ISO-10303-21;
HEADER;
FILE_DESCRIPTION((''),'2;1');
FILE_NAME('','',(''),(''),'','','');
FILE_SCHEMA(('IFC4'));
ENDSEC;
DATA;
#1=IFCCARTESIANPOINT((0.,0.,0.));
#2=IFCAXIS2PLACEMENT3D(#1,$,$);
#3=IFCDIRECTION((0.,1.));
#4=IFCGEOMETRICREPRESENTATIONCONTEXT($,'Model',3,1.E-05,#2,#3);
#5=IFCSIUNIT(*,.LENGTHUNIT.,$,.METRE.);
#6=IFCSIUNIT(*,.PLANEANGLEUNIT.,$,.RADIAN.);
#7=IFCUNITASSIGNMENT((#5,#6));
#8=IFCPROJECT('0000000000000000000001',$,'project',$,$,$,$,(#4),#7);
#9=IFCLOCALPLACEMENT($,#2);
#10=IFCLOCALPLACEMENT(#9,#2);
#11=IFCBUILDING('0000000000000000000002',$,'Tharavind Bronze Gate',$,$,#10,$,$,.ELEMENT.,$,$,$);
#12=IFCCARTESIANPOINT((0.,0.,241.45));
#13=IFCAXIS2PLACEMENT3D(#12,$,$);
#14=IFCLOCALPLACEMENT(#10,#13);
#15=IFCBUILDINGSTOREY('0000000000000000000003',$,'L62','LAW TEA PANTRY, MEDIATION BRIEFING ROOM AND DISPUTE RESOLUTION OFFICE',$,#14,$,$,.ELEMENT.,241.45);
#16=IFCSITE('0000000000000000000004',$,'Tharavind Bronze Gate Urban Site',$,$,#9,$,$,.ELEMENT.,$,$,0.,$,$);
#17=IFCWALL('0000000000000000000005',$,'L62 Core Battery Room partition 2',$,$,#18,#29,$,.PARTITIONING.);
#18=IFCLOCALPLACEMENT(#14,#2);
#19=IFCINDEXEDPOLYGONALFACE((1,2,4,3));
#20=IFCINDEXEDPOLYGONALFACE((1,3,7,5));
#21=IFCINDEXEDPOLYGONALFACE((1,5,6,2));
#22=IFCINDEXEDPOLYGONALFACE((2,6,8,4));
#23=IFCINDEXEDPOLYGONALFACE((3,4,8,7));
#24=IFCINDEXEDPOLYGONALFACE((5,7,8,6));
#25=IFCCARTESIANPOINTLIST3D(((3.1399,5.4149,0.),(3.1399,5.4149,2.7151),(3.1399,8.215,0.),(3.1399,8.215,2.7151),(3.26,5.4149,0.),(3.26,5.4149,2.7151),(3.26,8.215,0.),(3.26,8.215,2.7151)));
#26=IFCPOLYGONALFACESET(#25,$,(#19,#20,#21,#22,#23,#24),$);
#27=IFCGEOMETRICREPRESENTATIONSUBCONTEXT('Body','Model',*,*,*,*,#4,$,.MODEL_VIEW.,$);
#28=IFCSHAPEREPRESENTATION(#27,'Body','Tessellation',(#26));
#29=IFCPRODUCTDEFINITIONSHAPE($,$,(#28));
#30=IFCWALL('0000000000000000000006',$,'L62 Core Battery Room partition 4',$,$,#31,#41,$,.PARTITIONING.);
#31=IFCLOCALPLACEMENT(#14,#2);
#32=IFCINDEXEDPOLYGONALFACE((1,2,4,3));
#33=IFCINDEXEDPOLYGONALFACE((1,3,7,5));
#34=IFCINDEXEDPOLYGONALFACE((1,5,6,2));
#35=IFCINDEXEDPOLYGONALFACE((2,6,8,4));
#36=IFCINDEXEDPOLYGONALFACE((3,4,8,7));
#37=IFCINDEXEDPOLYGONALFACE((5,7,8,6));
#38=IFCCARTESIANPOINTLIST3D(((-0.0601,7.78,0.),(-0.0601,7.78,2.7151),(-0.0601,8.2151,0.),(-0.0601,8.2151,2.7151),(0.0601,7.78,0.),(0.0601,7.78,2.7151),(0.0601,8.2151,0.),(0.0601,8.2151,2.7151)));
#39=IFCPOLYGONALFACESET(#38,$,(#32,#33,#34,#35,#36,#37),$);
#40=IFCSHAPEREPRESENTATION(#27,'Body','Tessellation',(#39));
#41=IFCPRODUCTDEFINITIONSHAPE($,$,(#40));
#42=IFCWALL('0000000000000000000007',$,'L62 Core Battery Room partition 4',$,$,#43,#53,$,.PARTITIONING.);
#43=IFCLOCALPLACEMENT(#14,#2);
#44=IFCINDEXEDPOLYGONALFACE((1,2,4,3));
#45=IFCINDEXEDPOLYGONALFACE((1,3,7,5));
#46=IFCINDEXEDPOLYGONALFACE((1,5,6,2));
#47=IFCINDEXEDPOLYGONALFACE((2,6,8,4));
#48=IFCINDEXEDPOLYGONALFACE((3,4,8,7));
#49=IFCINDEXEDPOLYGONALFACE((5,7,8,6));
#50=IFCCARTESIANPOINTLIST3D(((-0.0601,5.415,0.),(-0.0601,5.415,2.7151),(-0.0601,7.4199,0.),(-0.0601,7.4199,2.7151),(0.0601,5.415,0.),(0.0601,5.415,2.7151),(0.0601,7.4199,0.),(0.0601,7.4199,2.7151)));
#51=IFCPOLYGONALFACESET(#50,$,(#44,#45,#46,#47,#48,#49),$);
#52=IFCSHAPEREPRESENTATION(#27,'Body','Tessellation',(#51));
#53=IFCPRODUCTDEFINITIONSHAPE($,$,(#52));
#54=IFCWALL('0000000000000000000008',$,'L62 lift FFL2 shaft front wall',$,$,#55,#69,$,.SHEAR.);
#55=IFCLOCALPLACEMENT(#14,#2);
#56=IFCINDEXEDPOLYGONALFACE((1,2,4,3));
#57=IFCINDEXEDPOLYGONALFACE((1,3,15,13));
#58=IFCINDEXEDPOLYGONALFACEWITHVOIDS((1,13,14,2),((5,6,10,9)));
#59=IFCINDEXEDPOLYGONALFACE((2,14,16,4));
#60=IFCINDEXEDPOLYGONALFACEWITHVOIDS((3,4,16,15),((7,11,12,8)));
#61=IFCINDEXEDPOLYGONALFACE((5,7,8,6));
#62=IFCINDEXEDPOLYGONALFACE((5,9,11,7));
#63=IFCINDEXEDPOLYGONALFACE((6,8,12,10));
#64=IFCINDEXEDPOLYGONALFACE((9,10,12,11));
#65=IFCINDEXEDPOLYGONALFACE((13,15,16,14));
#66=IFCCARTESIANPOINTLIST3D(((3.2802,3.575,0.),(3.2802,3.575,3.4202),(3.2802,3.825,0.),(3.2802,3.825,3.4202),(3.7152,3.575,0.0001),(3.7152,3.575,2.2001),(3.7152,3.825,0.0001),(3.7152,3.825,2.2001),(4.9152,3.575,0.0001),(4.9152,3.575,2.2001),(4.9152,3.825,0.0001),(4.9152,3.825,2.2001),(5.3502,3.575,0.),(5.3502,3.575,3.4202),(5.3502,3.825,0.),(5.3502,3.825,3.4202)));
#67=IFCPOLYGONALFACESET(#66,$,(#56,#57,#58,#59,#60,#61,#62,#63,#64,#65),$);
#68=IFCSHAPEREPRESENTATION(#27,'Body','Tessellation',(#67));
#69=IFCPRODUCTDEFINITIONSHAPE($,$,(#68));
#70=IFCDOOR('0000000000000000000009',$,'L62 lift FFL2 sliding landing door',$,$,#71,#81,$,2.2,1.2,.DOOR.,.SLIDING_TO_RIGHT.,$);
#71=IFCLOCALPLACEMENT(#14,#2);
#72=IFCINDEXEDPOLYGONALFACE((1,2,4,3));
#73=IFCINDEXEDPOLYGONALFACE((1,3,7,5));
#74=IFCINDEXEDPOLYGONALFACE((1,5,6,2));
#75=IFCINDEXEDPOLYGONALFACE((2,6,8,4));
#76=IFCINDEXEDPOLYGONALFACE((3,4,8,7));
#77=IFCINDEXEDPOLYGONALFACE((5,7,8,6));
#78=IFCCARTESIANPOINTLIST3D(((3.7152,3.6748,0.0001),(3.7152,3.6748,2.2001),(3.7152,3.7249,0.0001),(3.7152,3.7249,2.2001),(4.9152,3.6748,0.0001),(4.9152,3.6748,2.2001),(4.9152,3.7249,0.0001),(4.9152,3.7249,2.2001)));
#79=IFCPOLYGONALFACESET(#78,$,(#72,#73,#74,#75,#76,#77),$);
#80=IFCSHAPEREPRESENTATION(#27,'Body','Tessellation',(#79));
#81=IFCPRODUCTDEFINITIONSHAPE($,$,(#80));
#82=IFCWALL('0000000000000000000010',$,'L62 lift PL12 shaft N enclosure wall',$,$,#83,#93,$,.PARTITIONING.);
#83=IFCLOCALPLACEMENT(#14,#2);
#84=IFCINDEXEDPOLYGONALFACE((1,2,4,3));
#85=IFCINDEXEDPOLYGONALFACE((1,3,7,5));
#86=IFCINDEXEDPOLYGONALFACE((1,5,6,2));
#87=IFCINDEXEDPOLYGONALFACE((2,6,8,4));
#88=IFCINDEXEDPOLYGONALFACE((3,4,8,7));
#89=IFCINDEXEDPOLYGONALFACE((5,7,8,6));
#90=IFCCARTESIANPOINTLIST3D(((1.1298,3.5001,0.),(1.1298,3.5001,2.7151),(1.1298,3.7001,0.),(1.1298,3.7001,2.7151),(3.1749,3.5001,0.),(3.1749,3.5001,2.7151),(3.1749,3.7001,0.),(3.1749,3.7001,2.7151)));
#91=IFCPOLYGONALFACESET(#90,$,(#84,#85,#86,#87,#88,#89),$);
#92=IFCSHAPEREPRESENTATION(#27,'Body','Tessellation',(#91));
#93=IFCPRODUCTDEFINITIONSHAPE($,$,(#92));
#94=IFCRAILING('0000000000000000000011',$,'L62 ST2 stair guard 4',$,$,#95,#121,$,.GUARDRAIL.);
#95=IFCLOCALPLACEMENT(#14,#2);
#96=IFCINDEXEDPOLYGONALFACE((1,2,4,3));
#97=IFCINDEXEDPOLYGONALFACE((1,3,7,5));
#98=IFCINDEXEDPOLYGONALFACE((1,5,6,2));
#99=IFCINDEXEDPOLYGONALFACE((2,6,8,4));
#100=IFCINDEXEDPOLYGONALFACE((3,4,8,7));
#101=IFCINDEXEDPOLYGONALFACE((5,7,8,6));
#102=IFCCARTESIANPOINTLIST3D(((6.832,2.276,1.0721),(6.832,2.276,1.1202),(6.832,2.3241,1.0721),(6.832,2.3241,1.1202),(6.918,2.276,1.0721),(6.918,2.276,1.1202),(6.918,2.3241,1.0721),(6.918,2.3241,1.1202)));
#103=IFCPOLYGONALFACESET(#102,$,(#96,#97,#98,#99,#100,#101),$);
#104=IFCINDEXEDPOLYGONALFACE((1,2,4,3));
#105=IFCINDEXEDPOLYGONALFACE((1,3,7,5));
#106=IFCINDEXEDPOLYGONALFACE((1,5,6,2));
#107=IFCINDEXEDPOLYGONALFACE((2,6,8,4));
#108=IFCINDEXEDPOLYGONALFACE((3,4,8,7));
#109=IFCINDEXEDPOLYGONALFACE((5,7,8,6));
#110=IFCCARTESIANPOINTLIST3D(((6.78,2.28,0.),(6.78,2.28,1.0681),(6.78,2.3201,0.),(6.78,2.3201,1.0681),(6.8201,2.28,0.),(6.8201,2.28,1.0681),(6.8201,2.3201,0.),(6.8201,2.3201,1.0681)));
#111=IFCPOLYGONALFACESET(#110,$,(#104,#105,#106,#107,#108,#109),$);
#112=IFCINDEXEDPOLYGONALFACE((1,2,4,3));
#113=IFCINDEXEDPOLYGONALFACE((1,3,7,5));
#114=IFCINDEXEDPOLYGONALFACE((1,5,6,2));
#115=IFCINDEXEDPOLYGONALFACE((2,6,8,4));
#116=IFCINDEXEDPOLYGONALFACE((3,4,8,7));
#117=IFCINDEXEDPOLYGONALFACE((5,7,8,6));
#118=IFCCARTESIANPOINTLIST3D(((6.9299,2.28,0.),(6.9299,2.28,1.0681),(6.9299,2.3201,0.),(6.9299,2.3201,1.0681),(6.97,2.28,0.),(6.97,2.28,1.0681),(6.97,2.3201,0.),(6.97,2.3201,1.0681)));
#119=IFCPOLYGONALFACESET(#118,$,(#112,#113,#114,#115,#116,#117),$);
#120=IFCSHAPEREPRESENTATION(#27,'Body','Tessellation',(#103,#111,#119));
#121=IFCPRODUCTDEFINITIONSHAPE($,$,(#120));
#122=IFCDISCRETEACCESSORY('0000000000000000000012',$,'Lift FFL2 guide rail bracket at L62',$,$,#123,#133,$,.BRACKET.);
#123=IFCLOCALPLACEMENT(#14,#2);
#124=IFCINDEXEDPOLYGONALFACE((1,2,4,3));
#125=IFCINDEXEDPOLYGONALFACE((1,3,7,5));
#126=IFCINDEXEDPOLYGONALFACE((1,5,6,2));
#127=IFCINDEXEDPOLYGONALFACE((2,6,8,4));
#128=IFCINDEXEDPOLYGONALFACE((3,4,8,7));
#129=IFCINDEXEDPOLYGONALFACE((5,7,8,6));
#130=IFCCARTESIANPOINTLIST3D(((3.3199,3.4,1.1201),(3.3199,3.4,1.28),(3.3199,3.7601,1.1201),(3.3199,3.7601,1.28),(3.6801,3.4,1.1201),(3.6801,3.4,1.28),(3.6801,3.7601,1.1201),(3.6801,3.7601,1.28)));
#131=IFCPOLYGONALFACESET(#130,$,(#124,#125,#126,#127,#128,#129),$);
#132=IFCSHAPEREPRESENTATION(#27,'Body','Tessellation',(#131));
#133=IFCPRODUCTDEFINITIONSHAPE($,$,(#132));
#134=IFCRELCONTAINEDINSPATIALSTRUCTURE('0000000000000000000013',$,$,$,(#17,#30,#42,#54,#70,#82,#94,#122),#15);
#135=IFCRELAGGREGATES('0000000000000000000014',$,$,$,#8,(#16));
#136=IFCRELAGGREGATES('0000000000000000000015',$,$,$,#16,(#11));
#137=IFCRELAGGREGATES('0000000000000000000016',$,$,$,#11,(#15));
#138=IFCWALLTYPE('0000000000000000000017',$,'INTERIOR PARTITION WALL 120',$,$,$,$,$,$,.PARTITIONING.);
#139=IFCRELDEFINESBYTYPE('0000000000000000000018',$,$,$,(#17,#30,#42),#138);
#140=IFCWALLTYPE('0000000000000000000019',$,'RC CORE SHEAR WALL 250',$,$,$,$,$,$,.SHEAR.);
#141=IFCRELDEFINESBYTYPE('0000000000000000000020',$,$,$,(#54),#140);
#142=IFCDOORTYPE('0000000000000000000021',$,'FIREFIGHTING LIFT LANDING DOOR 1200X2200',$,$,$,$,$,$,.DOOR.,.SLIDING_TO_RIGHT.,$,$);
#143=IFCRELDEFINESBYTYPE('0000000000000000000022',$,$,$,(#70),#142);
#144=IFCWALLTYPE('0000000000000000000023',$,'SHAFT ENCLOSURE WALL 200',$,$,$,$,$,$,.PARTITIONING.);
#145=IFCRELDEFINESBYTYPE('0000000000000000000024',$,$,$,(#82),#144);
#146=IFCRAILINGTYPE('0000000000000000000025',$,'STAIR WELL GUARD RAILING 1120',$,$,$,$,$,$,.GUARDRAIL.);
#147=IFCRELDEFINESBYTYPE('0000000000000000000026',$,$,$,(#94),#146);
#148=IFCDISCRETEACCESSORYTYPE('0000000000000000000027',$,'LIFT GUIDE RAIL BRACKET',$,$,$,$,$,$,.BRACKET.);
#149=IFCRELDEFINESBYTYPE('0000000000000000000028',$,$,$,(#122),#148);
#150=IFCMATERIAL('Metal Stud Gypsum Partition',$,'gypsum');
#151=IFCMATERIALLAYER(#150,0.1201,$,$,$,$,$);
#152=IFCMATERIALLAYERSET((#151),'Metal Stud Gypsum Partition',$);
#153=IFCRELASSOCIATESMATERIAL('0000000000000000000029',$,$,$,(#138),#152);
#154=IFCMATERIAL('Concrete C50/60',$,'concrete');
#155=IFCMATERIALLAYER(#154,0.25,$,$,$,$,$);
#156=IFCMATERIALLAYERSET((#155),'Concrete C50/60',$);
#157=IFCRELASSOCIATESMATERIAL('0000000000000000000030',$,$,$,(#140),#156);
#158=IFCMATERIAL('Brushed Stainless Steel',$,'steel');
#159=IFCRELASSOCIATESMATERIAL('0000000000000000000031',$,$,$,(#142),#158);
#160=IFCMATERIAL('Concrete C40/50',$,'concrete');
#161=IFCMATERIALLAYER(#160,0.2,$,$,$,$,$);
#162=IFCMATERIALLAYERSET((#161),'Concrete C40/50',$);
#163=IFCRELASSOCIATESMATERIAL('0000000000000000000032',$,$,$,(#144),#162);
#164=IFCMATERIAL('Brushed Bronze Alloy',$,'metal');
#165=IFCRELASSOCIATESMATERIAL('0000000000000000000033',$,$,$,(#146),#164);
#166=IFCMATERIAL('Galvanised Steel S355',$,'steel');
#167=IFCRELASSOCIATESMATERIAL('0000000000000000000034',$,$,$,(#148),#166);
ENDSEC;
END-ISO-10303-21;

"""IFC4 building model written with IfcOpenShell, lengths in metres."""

from ifc_helpers import new_model, si_unit, direction, frame, frame_2d, origin, origin_2d, place, context, subcontext, project, spatial, rectangle, extrude, material, layer, layer_set, type_object, element, fill, save


model = new_model("IFC4")

# Units and contexts
model_context = context("Model", 3, precision=1e-05, world=origin(), true_north=direction((0.0, 1.0)))
body_context = subcontext(model_context, "Body", "Model", "MODEL_VIEW")
ifc_project = project(units=[si_unit("LENGTHUNIT", "METRE"), si_unit("PLANEANGLEUNIT", "RADIAN")], contexts=[model_context])

# Site, building, storey
site_placement = place(None, origin())
site = spatial("IfcSite", under=ifc_project, at=site_placement, Name="Tharavind Bronze Gate Urban Site", CompositionType="ELEMENT", RefElevation=0.0)
building_placement = place(site_placement, origin())
building = spatial("IfcBuilding", under=site, at=building_placement, Name="Tharavind Bronze Gate", CompositionType="ELEMENT")
storey_placement = place(building_placement, frame((0.0, 0.0, 241.45)))
storey = spatial("IfcBuildingStorey", under=building, at=storey_placement, Name="L62", Description="LAW TEA PANTRY, MEDIATION BRIEFING ROOM AND DISPUTE RESOLUTION OFFICE", CompositionType="ELEMENT", Elevation=241.45)

# Shared definitions
ifc_material_1 = material(Name="Concrete C50/60", Category="concrete")

# Walls
ifc_material_2 = material(Name="Metal Stud Gypsum Partition", Category="gypsum")
ifc_layer_1 = layer(ifc_material_2, 0.1201)
ifc_layer_set_1 = layer_set([ifc_layer_1], Name="Metal Stud Gypsum Partition")
wall_type_1 = type_object("IfcWallType", Name="INTERIOR PARTITION WALL 120", PredefinedType="PARTITIONING", material=ifc_layer_set_1)
wall_1_placement = place(storey_placement, frame((3.2, 5.415, 0.0), z_axis=(0.0, 0.0, 1.0), x_axis=(0.0, 1.0, 0.0)))
element("IfcWall", 1, at=wall_1_placement, inside=storey, type_object=wall_type_1, Name="L62 Core Battery Room partition 2", PredefinedType="PARTITIONING", context=body_context, shape_type="SweptSolid", body=[
    extrude(rectangle(XDim=2.8, YDim=0.1201, at=frame_2d((1.3999, 0.0))), origin(), (0.0, 0.0, 1.0), 2.7151),
])
wall_2_placement = place(storey_placement, frame((0.0, 8.2151, 0.0), z_axis=(0.0, 0.0, 1.0), x_axis=(0.0, -1.0, 0.0)))
element("IfcWall", 2, at=wall_2_placement, inside=storey, type_object=wall_type_1, Name="L62 Core Battery Room partition 4", PredefinedType="PARTITIONING", context=body_context, shape_type="SweptSolid", body=[
    extrude(rectangle(XDim=0.4351, YDim=0.1201, at=frame_2d((0.2175, 0.0))), origin(), (0.0, 0.0, 1.0), 2.7151),
])
wall_3_placement = place(storey_placement, frame((0.0, 7.4199, 0.0), z_axis=(0.0, 0.0, 1.0), x_axis=(0.0, -1.0, 0.0)))
element("IfcWall", 3, at=wall_3_placement, inside=storey, type_object=wall_type_1, Name="L62 Core Battery Room partition 4", PredefinedType="PARTITIONING", context=body_context, shape_type="SweptSolid", body=[
    extrude(rectangle(XDim=2.0049, YDim=0.1201, at=frame_2d((1.0024, 0.0))), origin(), (0.0, 0.0, 1.0), 2.7151),
])

# Wall, opening, door
ifc_layer_2 = layer(ifc_material_1, 0.25)
ifc_layer_set_2 = layer_set([ifc_layer_2], Name="Concrete C50/60")
wall_type_2 = type_object("IfcWallType", Name="RC CORE SHEAR WALL 250", PredefinedType="SHEAR", material=ifc_layer_set_2)
wall_4_placement = place(storey_placement, frame((3.28, 3.7, 0.0), z_axis=(0.0, 0.0, 1.0), x_axis=(1.0, 0.0, 0.0)))
wall_4 = element("IfcWall", 4, at=wall_4_placement, inside=storey, type_object=wall_type_2, Name="L62 lift FFL2 shaft front wall", PredefinedType="SHEAR", context=body_context, shape_type="SweptSolid", body=[
    extrude(rectangle(XDim=2.0701, YDim=0.25, at=frame_2d((1.0352, 0.0))), origin(), (0.0, 0.0, 1.0), 3.4202),
])
opening_1_placement = place(wall_4_placement, frame((0.4351, 0.0, 0.0)))
opening_1 = element("IfcOpeningElement", 5, at=opening_1_placement, cuts=wall_4, PredefinedType="OPENING", context=body_context, shape_type="SweptSolid", body=[
    extrude(rectangle(XDim=1.2, YDim=2.2, at=frame_2d((0.6001, 1.1001))), frame((0.0, 0.135, 0.0), z_axis=(0.0, -1.0, 0.0), x_axis=(1.0, 0.0, 0.0)), (0.0, 0.0, 1.0), 0.27),
])
ifc_material_3 = material(Name="Brushed Stainless Steel", Category="steel")
door_type_1 = type_object("IfcDoorType", Name="FIREFIGHTING LIFT LANDING DOOR 1200X2200", OperationType="SLIDING_TO_RIGHT", PredefinedType="DOOR", material=ifc_material_3)
door_1_placement = place(opening_1_placement, origin())
door_1 = element("IfcDoor", 6, at=door_1_placement, inside=storey, type_object=door_type_1, Name="L62 lift FFL2 sliding landing door", OperationType="SLIDING_TO_RIGHT", OverallHeight=2.2, OverallWidth=1.2, PredefinedType="DOOR", context=body_context, shape_type="SweptSolid", body=[
    extrude(rectangle(XDim=1.2, YDim=2.2, at=frame_2d((0.6001, 1.1001))), frame((0.0, 0.0249, 0.0), z_axis=(0.0, -1.0, 0.0), x_axis=(1.0, 0.0, 0.0)), (0.0, 0.0, 1.0), 0.05),
])
fill(opening_1, door_1)

# Wall
ifc_material_4 = material(Name="Concrete C40/50", Category="concrete")
ifc_layer_3 = layer(ifc_material_4, 0.2)
ifc_layer_set_3 = layer_set([ifc_layer_3], Name="Concrete C40/50")
wall_type_3 = type_object("IfcWallType", Name="SHAFT ENCLOSURE WALL 200", PredefinedType="PARTITIONING", material=ifc_layer_set_3)
wall_5_placement = place(storey_placement, frame((1.1299, 3.6001, 0.0), z_axis=(0.0, 0.0, 1.0), x_axis=(1.0, 0.0, 0.0)))
element("IfcWall", 7, at=wall_5_placement, inside=storey, type_object=wall_type_3, Name="L62 lift PL12 shaft N enclosure wall", PredefinedType="PARTITIONING", context=body_context, shape_type="SweptSolid", body=[
    extrude(rectangle(XDim=2.0452, YDim=0.2, at=frame_2d((1.0225, 0.0))), origin(), (0.0, 0.0, 1.0), 2.7151),
])

# Railing
ifc_material_5 = material(Name="Brushed Bronze Alloy", Category="metal")
railing_type = type_object("IfcRailingType", Name="STAIR WELL GUARD RAILING 1120", PredefinedType="GUARDRAIL", material=ifc_material_5)
railing_placement = place(storey_placement, frame((6.8, 2.3, 0.0)))
element("IfcRailing", 8, at=railing_placement, inside=storey, type_object=railing_type, Name="L62 ST2 stair guard 4", PredefinedType="GUARDRAIL", context=body_context, shape_type="SweptSolid", body=[
    extrude(rectangle(XDim=0.0481, YDim=0.0481, at=origin_2d()), frame((0.032, 0.0, 1.0962), z_axis=(1.0, 0.0, 0.0), x_axis=(0.0, 1.0, 0.0)), (0.0, 0.0, 1.0), 0.0859),
    extrude(rectangle(XDim=0.04, YDim=0.04, at=origin_2d()), origin(), (0.0, 0.0, 1.0), 1.0681),
    extrude(rectangle(XDim=0.04, YDim=0.04, at=origin_2d()), frame((0.1499, 0.0, 0.0)), (0.0, 0.0, 1.0), 1.0681),
])

# Discrete accessory
ifc_material_6 = material(Name="Galvanised Steel S355", Category="steel")
discrete_accessory_type = type_object("IfcDiscreteAccessoryType", Name="LIFT GUIDE RAIL BRACKET", PredefinedType="BRACKET", material=ifc_material_6)
discrete_accessory_placement = place(storey_placement, frame((3.5, 3.5801, 1.1201), z_axis=(0.0, 0.0, 1.0), x_axis=(1.0, 0.0, 0.0)))
element("IfcDiscreteAccessory", 9, at=discrete_accessory_placement, inside=storey, type_object=discrete_accessory_type, Name="Lift FFL2 guide rail bracket at L62", PredefinedType="BRACKET", context=body_context, shape_type="SweptSolid", body=[
    extrude(rectangle(XDim=0.3601, YDim=0.3601, at=origin_2d()), origin(), (0.0, 0.0, 1.0), 0.1599),
])

save(model, "model.ifc")
